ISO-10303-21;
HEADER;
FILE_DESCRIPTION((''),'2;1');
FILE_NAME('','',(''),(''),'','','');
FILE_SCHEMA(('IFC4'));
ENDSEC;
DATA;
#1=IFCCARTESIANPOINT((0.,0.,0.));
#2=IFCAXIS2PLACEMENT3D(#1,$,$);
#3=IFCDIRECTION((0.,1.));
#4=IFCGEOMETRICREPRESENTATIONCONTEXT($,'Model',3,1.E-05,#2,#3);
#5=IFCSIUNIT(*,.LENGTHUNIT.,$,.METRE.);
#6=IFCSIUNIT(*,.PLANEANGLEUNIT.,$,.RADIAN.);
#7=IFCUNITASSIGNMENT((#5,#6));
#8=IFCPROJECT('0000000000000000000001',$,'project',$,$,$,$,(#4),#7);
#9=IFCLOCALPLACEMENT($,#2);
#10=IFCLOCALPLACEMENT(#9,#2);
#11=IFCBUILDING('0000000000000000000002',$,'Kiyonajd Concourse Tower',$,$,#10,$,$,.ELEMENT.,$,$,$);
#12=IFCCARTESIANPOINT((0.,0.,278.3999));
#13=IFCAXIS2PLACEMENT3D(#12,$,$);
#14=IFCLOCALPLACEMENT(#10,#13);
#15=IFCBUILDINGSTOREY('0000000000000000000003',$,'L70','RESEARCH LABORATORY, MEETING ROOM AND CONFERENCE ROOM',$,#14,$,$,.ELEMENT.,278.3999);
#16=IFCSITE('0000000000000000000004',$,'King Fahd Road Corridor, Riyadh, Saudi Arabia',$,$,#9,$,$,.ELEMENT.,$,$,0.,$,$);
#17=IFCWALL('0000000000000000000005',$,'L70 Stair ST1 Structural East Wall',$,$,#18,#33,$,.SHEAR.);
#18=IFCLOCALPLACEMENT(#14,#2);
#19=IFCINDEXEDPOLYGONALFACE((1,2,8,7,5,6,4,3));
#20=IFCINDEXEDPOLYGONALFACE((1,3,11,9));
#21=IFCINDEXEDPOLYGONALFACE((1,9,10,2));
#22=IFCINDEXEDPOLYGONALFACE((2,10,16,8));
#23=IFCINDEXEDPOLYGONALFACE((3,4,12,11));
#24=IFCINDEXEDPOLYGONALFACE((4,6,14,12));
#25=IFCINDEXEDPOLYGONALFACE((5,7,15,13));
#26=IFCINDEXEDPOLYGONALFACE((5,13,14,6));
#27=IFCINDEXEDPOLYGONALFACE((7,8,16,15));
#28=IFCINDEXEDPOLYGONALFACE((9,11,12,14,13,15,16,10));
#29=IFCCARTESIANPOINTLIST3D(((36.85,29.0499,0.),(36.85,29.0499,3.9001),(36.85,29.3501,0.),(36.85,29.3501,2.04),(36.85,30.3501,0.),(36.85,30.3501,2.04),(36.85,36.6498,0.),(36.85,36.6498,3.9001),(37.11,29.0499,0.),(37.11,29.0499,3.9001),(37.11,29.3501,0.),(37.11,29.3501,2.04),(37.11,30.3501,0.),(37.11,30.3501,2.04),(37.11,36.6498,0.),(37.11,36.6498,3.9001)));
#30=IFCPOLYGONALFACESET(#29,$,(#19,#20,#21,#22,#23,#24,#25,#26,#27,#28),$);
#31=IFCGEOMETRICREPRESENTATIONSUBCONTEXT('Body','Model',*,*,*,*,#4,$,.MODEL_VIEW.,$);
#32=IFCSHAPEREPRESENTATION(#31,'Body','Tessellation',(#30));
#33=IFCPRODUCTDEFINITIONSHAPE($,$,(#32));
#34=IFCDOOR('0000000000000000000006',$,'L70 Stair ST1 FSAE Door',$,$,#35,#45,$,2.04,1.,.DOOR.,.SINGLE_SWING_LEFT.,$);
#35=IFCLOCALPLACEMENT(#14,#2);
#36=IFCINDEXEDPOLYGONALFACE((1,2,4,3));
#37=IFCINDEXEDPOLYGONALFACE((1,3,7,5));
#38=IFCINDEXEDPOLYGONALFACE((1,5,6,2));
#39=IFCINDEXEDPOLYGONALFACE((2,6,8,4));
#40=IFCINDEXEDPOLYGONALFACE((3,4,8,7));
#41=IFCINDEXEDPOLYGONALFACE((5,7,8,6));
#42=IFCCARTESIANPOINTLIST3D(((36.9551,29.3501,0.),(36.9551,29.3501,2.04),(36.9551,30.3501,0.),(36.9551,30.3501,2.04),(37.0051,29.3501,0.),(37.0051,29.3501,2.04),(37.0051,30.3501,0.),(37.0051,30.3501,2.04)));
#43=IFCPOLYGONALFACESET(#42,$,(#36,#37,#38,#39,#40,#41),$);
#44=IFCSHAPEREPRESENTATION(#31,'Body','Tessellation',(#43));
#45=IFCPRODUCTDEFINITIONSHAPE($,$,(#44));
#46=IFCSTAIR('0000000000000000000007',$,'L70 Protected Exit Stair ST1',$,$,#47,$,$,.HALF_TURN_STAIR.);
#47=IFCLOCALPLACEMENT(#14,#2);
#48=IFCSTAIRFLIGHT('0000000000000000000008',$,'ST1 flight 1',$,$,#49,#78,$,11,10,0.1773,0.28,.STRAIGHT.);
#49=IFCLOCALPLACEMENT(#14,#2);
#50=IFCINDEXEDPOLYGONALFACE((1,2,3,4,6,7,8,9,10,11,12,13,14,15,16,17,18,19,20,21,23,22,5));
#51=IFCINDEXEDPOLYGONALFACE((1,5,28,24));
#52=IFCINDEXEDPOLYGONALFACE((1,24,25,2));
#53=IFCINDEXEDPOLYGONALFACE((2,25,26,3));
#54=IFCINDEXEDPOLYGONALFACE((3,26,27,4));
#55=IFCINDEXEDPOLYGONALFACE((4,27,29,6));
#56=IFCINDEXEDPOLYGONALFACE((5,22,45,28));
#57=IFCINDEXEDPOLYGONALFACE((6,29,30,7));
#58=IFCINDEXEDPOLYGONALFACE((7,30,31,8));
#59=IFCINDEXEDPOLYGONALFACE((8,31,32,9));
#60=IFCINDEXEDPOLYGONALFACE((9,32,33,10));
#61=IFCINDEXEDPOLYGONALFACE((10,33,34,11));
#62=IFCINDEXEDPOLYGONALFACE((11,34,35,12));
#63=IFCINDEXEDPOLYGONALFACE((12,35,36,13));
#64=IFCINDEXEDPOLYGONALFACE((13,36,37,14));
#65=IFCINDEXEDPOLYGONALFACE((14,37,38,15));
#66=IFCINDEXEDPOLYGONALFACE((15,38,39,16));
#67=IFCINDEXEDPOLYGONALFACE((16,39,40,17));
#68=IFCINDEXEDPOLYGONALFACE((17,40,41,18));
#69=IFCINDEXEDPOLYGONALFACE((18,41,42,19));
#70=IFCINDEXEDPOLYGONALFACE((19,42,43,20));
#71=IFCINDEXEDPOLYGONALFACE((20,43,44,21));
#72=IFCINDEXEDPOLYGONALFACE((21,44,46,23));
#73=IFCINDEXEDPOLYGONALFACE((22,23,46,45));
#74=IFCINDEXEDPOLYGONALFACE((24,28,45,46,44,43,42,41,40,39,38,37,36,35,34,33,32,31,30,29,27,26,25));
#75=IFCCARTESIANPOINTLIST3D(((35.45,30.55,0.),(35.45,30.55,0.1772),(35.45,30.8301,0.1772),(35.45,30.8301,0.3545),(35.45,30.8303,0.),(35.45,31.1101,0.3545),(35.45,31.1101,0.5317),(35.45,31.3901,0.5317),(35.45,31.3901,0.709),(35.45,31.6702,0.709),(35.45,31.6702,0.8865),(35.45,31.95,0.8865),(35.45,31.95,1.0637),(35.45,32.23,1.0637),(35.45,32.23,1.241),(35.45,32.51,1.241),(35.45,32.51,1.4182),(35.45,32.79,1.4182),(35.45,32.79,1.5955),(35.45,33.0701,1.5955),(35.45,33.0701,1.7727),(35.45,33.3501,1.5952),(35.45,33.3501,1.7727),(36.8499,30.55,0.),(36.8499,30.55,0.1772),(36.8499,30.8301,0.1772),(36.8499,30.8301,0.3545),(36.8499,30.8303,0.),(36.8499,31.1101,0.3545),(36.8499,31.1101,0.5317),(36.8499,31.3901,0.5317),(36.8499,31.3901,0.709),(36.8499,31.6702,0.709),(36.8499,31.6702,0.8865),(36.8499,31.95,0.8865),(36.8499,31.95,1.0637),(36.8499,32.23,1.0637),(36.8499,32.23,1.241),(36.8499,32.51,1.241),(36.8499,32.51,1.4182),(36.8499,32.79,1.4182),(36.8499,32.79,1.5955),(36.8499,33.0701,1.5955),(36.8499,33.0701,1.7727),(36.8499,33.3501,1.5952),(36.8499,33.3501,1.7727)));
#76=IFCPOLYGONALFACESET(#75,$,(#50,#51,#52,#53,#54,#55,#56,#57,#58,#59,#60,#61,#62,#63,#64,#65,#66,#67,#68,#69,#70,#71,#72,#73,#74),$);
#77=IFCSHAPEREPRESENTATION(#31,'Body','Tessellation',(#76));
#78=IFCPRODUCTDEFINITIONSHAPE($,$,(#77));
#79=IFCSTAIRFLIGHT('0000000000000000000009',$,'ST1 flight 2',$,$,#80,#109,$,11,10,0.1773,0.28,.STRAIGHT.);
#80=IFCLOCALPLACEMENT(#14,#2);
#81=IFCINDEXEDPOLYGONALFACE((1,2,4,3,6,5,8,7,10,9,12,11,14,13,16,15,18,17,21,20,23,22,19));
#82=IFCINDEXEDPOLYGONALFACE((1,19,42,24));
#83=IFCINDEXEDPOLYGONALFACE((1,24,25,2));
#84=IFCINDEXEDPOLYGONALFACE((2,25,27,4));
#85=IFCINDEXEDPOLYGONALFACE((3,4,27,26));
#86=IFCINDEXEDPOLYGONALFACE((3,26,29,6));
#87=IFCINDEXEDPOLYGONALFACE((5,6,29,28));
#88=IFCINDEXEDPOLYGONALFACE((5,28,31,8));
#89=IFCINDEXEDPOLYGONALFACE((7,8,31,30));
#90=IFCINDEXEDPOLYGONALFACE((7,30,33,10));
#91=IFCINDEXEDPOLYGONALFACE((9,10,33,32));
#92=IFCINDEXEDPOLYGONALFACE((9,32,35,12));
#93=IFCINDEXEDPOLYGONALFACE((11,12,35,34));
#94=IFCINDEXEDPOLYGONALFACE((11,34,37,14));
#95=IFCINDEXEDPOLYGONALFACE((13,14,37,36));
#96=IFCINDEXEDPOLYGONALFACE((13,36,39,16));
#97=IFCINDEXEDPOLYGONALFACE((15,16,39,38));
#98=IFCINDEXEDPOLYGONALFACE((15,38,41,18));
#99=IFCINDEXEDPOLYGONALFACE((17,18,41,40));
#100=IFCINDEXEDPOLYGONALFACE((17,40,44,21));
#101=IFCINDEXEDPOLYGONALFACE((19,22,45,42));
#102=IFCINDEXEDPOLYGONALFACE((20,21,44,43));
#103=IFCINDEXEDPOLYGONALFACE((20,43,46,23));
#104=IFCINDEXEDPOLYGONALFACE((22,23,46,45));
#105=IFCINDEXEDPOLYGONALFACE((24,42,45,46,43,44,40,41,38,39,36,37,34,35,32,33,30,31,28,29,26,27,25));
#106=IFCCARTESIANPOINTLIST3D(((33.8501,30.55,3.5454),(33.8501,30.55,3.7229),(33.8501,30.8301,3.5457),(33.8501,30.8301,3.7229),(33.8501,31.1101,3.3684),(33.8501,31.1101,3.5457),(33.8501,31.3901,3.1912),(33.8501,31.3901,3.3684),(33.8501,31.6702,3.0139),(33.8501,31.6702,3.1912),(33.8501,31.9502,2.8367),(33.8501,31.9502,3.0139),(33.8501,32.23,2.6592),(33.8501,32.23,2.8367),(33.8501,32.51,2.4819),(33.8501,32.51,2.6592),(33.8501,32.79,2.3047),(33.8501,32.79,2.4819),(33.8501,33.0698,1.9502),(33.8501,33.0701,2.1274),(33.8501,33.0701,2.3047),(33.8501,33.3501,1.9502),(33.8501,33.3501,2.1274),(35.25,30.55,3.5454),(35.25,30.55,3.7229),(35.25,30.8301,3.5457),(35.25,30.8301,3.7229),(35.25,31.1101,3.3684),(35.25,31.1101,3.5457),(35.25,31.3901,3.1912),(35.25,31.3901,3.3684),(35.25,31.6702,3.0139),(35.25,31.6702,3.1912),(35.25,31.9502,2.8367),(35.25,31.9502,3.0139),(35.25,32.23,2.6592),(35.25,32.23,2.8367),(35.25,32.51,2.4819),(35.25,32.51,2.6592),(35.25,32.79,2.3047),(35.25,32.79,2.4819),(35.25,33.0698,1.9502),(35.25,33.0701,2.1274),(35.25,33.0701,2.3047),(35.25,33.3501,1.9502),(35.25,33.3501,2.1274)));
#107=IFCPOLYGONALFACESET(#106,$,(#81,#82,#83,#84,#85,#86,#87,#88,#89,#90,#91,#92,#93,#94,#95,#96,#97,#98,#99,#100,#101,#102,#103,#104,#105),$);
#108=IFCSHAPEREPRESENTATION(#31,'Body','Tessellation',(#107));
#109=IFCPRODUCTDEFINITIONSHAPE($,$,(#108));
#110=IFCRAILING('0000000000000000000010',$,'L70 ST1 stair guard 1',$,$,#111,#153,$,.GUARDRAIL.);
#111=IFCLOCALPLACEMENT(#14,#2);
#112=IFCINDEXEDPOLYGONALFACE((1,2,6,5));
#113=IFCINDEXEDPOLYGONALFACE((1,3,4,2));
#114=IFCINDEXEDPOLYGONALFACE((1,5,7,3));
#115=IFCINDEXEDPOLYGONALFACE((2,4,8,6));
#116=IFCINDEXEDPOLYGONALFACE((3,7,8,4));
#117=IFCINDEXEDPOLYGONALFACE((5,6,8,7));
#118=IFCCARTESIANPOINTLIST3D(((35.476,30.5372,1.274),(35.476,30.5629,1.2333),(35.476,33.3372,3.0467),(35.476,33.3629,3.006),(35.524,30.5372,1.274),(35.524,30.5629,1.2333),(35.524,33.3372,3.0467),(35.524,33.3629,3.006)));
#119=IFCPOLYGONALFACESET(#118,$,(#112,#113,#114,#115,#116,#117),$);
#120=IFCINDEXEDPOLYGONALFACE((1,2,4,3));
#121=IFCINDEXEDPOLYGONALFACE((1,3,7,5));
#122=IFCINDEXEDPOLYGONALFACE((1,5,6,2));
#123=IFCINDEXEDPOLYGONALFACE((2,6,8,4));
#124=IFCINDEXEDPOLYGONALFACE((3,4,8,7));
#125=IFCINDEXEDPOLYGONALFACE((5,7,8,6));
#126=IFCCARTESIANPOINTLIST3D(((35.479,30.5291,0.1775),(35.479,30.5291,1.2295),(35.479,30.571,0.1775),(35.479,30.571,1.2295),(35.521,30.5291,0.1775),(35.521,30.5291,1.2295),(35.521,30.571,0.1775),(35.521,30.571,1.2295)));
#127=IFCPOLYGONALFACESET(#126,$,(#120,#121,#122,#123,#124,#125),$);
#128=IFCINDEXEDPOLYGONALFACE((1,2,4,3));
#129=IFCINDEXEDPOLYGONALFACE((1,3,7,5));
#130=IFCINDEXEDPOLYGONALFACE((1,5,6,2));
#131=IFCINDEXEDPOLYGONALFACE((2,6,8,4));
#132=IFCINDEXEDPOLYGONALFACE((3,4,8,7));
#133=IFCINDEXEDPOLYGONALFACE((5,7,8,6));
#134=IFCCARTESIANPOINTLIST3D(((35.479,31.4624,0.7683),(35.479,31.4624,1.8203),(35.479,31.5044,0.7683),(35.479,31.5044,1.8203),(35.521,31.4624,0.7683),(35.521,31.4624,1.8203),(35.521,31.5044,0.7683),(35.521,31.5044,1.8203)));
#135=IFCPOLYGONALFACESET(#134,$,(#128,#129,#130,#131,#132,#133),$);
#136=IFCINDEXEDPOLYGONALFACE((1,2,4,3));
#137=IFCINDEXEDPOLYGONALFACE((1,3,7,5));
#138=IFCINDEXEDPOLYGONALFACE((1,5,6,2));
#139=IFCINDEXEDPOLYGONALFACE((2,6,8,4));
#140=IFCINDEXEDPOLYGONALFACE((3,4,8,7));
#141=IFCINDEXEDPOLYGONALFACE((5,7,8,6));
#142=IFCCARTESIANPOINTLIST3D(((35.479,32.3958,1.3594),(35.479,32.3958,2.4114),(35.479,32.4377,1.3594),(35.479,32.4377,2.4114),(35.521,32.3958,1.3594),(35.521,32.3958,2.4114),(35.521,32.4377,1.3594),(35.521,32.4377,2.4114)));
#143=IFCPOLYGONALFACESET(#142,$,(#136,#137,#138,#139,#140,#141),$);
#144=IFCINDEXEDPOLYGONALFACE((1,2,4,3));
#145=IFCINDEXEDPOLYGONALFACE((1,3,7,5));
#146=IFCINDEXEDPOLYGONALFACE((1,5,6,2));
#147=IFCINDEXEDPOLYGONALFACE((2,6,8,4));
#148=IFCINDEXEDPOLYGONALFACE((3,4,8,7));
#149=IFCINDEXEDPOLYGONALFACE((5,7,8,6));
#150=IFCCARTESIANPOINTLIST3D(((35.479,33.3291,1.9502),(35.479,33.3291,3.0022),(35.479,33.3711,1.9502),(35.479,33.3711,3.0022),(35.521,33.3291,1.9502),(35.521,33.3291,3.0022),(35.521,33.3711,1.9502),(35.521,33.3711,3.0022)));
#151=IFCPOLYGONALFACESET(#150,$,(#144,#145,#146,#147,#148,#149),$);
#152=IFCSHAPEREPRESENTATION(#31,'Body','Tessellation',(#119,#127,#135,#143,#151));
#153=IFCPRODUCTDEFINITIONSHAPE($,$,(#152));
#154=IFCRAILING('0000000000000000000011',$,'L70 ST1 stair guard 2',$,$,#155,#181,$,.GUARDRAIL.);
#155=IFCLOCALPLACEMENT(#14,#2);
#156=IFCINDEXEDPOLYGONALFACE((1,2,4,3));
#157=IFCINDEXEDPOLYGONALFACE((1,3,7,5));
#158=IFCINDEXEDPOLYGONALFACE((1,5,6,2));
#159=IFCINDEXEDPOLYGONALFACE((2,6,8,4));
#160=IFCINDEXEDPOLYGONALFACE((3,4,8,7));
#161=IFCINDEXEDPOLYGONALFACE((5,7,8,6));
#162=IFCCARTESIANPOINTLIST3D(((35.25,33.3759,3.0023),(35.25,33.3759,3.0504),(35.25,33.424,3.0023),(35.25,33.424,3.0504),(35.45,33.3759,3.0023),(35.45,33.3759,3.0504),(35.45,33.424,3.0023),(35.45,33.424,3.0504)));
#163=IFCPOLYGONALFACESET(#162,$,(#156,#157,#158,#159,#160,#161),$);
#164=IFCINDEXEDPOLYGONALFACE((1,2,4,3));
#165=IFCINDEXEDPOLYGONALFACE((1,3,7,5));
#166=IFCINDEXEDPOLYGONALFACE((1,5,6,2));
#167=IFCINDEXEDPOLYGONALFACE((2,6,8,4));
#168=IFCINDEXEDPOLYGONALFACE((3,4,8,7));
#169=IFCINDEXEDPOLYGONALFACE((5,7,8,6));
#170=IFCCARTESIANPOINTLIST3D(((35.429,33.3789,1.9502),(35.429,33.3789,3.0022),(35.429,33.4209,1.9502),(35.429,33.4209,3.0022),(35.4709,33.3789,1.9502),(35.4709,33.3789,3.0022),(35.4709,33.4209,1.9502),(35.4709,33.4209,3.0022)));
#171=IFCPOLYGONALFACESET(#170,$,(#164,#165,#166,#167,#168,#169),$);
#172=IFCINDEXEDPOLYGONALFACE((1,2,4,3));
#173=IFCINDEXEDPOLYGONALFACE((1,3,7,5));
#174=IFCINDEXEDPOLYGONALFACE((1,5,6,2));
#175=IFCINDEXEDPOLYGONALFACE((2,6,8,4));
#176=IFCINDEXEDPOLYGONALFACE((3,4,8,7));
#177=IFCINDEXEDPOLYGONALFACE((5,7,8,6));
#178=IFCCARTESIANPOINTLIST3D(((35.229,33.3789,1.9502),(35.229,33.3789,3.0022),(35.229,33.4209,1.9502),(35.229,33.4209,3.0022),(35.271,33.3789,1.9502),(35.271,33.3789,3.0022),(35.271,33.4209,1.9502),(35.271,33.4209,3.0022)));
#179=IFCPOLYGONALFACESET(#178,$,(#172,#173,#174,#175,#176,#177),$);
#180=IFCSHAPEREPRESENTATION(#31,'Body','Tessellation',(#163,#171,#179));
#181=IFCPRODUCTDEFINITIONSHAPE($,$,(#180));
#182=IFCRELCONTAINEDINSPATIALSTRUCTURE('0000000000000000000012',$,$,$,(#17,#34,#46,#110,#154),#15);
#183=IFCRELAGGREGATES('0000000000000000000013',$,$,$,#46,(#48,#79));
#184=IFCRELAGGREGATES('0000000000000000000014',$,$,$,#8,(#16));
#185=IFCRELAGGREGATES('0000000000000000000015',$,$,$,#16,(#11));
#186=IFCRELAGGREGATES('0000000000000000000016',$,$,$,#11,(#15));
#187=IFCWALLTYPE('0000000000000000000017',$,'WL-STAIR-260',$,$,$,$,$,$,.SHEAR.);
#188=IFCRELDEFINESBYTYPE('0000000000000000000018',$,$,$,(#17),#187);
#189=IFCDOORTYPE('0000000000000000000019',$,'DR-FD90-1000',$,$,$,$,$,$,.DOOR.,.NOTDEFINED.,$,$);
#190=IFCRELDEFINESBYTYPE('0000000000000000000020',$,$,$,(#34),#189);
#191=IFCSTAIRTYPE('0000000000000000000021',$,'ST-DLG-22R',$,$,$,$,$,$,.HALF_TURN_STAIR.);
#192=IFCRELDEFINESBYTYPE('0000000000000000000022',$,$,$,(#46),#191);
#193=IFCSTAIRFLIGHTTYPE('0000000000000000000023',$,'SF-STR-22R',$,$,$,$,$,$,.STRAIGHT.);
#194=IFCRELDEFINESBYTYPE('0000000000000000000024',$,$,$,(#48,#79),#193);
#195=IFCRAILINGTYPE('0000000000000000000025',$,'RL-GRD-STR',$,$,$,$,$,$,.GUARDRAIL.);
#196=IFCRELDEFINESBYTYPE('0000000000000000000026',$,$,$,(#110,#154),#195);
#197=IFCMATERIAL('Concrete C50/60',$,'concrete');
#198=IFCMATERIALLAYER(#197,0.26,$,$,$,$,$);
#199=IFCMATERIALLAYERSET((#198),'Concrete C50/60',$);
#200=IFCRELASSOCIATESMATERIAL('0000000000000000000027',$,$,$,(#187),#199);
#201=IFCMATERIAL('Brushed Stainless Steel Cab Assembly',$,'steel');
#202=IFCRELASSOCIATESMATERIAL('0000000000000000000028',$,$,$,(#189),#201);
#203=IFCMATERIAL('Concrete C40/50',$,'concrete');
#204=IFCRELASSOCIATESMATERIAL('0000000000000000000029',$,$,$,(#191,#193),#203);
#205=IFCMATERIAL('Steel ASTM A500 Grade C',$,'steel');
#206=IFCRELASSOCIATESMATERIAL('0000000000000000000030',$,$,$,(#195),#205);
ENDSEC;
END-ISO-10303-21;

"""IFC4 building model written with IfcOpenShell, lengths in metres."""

from ifc_helpers import new_model, si_unit, direction, frame, frame_2d, origin, origin_2d, place, context, subcontext, project, spatial, polyline, rectangle, outline, extrude, material, layer, layer_set, type_object, element, fill, aggregate, save


model = new_model("IFC4")

# Units and contexts
model_context = context("Model", 3, precision=1e-05, world=origin(), true_north=direction((0.0, 1.0)))
body_context = subcontext(model_context, "Body", "Model", "MODEL_VIEW")
ifc_project = project(units=[si_unit("LENGTHUNIT", "METRE"), si_unit("PLANEANGLEUNIT", "RADIAN")], contexts=[model_context])

# Site, building, storey
site_placement = place(None, origin())
site = spatial("IfcSite", under=ifc_project, at=site_placement, Name="King Fahd Road Corridor, Riyadh, Saudi Arabia", CompositionType="ELEMENT", RefElevation=0.0)
building_placement = place(site_placement, origin())
building = spatial("IfcBuilding", under=site, at=building_placement, Name="Kiyonajd Concourse Tower", CompositionType="ELEMENT")
storey_placement = place(building_placement, frame((0.0, 0.0, 278.3999)))
storey = spatial("IfcBuildingStorey", under=building, at=storey_placement, Name="L70", Description="RESEARCH LABORATORY, MEETING ROOM AND CONFERENCE ROOM", CompositionType="ELEMENT", Elevation=278.3999)

# Shared definitions
ifc_material_1 = material(Name="Concrete C50/60", Category="concrete")

# Shared definitions
ifc_material_2 = material(Name="Brushed Stainless Steel Cab Assembly", Category="steel")

# Shared definitions
ifc_layer_1 = layer(ifc_material_1, 0.26)
ifc_layer_set_1 = layer_set([ifc_layer_1], Name="Concrete C50/60")
wall_type_1 = type_object("IfcWallType", Name="WL-STAIR-260", PredefinedType="SHEAR", material=ifc_layer_set_1)

# Wall, opening, door
wall_1_placement = place(storey_placement, frame((36.98, 29.05, 0.0), z_axis=(0.0, 0.0, 1.0), x_axis=(0.0, 1.0, 0.0)))
wall_1 = element("IfcWall", 1, at=wall_1_placement, inside=storey, type_object=wall_type_1, Name="L70 Stair ST1 Structural East Wall", PredefinedType="SHEAR", context=body_context, shape_type="SweptSolid", body=[
    extrude(rectangle(XDim=7.5999, YDim=0.26, at=frame_2d((3.7998, 0.0))), origin(), (0.0, 0.0, 1.0), 3.9001),
])
opening_1_placement = place(wall_1_placement, frame((0.3, 0.0, 0.0)))
opening_1 = element("IfcOpeningElement", 2, at=opening_1_placement, cuts=wall_1, PredefinedType="OPENING", context=body_context, shape_type="SweptSolid", body=[
    extrude(rectangle(XDim=1.0, YDim=2.04, at=frame_2d((0.5, 1.02))), frame((0.0, 0.1399, 0.0), z_axis=(0.0, -1.0, 0.0), x_axis=(1.0, 0.0, 0.0)), (0.0, 0.0, 1.0), 0.28),
])
door_type_1 = type_object("IfcDoorType", Name="DR-FD90-1000", OperationType="NOTDEFINED", PredefinedType="DOOR", material=ifc_material_2)
door_1_placement = place(opening_1_placement, origin())
door_1 = element("IfcDoor", 3, at=door_1_placement, inside=storey, type_object=door_type_1, Name="L70 Stair ST1 FSAE Door", OperationType="SINGLE_SWING_LEFT", OverallHeight=2.04, OverallWidth=1.0, PredefinedType="DOOR", context=body_context, shape_type="SweptSolid", body=[
    extrude(rectangle(XDim=1.0, YDim=2.04, at=frame_2d((0.5, 1.02))), frame((0.0, 0.0249, 0.0), z_axis=(0.0, -1.0, 0.0), x_axis=(1.0, 0.0, 0.0)), (0.0, 0.0, 1.0), 0.05),
])
fill(opening_1, door_1)

# Stair, stair flights
ifc_material_3 = material(Name="Concrete C40/50", Category="concrete")
stair_type = type_object("IfcStairType", Name="ST-DLG-22R", PredefinedType="HALF_TURN_STAIR", material=ifc_material_3)
stair_placement = place(storey_placement, origin())
stair = element("IfcStair", 4, at=stair_placement, inside=storey, type_object=stair_type, Name="L70 Protected Exit Stair ST1", PredefinedType="HALF_TURN_STAIR")
stair_flight_type = type_object("IfcStairFlightType", Name="SF-STR-22R", PredefinedType="STRAIGHT", material=ifc_material_3)
stair_flight_1_placement = place(storey_placement, frame((36.1499, 30.55, 0.0), z_axis=(0.0, 0.0, 1.0), x_axis=(0.0, 1.0, 0.0)))
stair_flight_1 = element("IfcStairFlight", 5, at=stair_flight_1_placement, type_object=stair_flight_type, Name="ST1 flight 1", NumberOfRisers=11, NumberOfTreads=10, PredefinedType="STRAIGHT", RiserHeight=0.1773, TreadLength=0.28, context=body_context, shape_type="SweptSolid", body=[
    extrude(outline(polyline([(0.0, 0.0), (0.0, 0.1772), (0.28, 0.1772), (0.28, 0.3545), (0.5601, 0.3545), (0.5601, 0.5317), (0.8401, 0.5317), (0.8401, 0.709), (1.1201, 0.709), (1.1201, 0.8865), (1.3999, 0.8865), (1.3999, 1.0637), (1.6799, 1.0637), (1.6799, 1.241), (1.96, 1.241), (1.96, 1.4182), (2.24, 1.4182), (2.24, 1.5955), (2.52, 1.5955), (2.52, 1.7727), (2.8, 1.7727), (2.8, 1.95), (2.8, 1.5952), (0.2803, 0.0), (0.0, 0.0)])), frame((0.0, 0.7, 0.0), z_axis=(0.0, -1.0, 0.0), x_axis=(1.0, 0.0, 0.0)), (0.0, 0.0, 1.0), 1.3999),
])
stair_flight_2_placement = place(storey_placement, frame((34.55, 33.3501, 1.9502), z_axis=(0.0, 0.0, 1.0), x_axis=(0.0, -1.0, 0.0)))
stair_flight_2 = element("IfcStairFlight", 6, at=stair_flight_2_placement, type_object=stair_flight_type, Name="ST1 flight 2", NumberOfRisers=11, NumberOfTreads=10, PredefinedType="STRAIGHT", RiserHeight=0.1773, TreadLength=0.28, context=body_context, shape_type="SweptSolid", body=[
    extrude(outline(polyline([(0.0, 0.0), (0.0, 0.1772), (0.28, 0.1772), (0.28, 0.3545), (0.5601, 0.3545), (0.5601, 0.5317), (0.8401, 0.5317), (0.8401, 0.709), (1.1201, 0.709), (1.1201, 0.8865), (1.3999, 0.8865), (1.3999, 1.0637), (1.6799, 1.0637), (1.6799, 1.241), (1.96, 1.241), (1.96, 1.4182), (2.24, 1.4182), (2.24, 1.5955), (2.52, 1.5955), (2.52, 1.7727), (2.8, 1.7727), (2.8, 1.95), (2.8, 1.5952), (0.2803, 0.0), (0.0, 0.0)])), frame((0.0, 0.7, 0.0), z_axis=(0.0, -1.0, 0.0), x_axis=(1.0, 0.0, 0.0)), (0.0, 0.0, 1.0), 1.3999),
])
aggregate(stair, [stair_flight_1, stair_flight_2])

# Railings
ifc_material_4 = material(Name="Steel ASTM A500 Grade C", Category="steel")
railing_type_1 = type_object("IfcRailingType", Name="RL-GRD-STR", PredefinedType="GUARDRAIL", material=ifc_material_4)
railing_1_placement = place(storey_placement, frame((35.5, 30.55, 0.1775)))
element("IfcRailing", 7, at=railing_1_placement, inside=storey, type_object=railing_type_1, Name="L70 ST1 stair guard 1", PredefinedType="GUARDRAIL", context=body_context, shape_type="SweptSolid", body=[
    extrude(rectangle(XDim=0.0481, YDim=0.0481, at=origin_2d()), frame((0.0, 0.0, 1.0762), z_axis=(0.0, 0.844909, 0.53491), x_axis=(-1.0, 0.0, 0.0)), (0.0, 0.0, 1.0), 3.314),
    extrude(rectangle(XDim=0.042, YDim=0.042, at=origin_2d()), origin(), (0.0, 0.0, 1.0), 1.052),
    extrude(rectangle(XDim=0.042, YDim=0.042, at=origin_2d()), frame((0.0, 0.9333, 0.5908)), (0.0, 0.0, 1.0), 1.052),
    extrude(rectangle(XDim=0.042, YDim=0.042, at=origin_2d()), frame((0.0, 1.8667, 1.1819)), (0.0, 0.0, 1.0), 1.052),
    extrude(rectangle(XDim=0.042, YDim=0.042, at=origin_2d()), frame((0.0, 2.8, 1.7727)), (0.0, 0.0, 1.0), 1.052),
])
railing_2_placement = place(storey_placement, frame((35.45, 33.3999, 1.9502)))
element("IfcRailing", 8, at=railing_2_placement, inside=storey, type_object=railing_type_1, Name="L70 ST1 stair guard 2", PredefinedType="GUARDRAIL", context=body_context, shape_type="SweptSolid", body=[
    extrude(rectangle(XDim=0.0481, YDim=0.0481, at=origin_2d()), frame((0.0, 0.0, 1.0762), z_axis=(-1.0, 0.0, 0.0), x_axis=(0.0, -1.0, 0.0)), (0.0, 0.0, 1.0), 0.2),
    extrude(rectangle(XDim=0.042, YDim=0.042, at=origin_2d()), origin(), (0.0, 0.0, 1.0), 1.052),
    extrude(rectangle(XDim=0.042, YDim=0.042, at=origin_2d()), frame((-0.2, 0.0, 0.0)), (0.0, 0.0, 1.0), 1.052),
])

save(model, "model.ifc")
